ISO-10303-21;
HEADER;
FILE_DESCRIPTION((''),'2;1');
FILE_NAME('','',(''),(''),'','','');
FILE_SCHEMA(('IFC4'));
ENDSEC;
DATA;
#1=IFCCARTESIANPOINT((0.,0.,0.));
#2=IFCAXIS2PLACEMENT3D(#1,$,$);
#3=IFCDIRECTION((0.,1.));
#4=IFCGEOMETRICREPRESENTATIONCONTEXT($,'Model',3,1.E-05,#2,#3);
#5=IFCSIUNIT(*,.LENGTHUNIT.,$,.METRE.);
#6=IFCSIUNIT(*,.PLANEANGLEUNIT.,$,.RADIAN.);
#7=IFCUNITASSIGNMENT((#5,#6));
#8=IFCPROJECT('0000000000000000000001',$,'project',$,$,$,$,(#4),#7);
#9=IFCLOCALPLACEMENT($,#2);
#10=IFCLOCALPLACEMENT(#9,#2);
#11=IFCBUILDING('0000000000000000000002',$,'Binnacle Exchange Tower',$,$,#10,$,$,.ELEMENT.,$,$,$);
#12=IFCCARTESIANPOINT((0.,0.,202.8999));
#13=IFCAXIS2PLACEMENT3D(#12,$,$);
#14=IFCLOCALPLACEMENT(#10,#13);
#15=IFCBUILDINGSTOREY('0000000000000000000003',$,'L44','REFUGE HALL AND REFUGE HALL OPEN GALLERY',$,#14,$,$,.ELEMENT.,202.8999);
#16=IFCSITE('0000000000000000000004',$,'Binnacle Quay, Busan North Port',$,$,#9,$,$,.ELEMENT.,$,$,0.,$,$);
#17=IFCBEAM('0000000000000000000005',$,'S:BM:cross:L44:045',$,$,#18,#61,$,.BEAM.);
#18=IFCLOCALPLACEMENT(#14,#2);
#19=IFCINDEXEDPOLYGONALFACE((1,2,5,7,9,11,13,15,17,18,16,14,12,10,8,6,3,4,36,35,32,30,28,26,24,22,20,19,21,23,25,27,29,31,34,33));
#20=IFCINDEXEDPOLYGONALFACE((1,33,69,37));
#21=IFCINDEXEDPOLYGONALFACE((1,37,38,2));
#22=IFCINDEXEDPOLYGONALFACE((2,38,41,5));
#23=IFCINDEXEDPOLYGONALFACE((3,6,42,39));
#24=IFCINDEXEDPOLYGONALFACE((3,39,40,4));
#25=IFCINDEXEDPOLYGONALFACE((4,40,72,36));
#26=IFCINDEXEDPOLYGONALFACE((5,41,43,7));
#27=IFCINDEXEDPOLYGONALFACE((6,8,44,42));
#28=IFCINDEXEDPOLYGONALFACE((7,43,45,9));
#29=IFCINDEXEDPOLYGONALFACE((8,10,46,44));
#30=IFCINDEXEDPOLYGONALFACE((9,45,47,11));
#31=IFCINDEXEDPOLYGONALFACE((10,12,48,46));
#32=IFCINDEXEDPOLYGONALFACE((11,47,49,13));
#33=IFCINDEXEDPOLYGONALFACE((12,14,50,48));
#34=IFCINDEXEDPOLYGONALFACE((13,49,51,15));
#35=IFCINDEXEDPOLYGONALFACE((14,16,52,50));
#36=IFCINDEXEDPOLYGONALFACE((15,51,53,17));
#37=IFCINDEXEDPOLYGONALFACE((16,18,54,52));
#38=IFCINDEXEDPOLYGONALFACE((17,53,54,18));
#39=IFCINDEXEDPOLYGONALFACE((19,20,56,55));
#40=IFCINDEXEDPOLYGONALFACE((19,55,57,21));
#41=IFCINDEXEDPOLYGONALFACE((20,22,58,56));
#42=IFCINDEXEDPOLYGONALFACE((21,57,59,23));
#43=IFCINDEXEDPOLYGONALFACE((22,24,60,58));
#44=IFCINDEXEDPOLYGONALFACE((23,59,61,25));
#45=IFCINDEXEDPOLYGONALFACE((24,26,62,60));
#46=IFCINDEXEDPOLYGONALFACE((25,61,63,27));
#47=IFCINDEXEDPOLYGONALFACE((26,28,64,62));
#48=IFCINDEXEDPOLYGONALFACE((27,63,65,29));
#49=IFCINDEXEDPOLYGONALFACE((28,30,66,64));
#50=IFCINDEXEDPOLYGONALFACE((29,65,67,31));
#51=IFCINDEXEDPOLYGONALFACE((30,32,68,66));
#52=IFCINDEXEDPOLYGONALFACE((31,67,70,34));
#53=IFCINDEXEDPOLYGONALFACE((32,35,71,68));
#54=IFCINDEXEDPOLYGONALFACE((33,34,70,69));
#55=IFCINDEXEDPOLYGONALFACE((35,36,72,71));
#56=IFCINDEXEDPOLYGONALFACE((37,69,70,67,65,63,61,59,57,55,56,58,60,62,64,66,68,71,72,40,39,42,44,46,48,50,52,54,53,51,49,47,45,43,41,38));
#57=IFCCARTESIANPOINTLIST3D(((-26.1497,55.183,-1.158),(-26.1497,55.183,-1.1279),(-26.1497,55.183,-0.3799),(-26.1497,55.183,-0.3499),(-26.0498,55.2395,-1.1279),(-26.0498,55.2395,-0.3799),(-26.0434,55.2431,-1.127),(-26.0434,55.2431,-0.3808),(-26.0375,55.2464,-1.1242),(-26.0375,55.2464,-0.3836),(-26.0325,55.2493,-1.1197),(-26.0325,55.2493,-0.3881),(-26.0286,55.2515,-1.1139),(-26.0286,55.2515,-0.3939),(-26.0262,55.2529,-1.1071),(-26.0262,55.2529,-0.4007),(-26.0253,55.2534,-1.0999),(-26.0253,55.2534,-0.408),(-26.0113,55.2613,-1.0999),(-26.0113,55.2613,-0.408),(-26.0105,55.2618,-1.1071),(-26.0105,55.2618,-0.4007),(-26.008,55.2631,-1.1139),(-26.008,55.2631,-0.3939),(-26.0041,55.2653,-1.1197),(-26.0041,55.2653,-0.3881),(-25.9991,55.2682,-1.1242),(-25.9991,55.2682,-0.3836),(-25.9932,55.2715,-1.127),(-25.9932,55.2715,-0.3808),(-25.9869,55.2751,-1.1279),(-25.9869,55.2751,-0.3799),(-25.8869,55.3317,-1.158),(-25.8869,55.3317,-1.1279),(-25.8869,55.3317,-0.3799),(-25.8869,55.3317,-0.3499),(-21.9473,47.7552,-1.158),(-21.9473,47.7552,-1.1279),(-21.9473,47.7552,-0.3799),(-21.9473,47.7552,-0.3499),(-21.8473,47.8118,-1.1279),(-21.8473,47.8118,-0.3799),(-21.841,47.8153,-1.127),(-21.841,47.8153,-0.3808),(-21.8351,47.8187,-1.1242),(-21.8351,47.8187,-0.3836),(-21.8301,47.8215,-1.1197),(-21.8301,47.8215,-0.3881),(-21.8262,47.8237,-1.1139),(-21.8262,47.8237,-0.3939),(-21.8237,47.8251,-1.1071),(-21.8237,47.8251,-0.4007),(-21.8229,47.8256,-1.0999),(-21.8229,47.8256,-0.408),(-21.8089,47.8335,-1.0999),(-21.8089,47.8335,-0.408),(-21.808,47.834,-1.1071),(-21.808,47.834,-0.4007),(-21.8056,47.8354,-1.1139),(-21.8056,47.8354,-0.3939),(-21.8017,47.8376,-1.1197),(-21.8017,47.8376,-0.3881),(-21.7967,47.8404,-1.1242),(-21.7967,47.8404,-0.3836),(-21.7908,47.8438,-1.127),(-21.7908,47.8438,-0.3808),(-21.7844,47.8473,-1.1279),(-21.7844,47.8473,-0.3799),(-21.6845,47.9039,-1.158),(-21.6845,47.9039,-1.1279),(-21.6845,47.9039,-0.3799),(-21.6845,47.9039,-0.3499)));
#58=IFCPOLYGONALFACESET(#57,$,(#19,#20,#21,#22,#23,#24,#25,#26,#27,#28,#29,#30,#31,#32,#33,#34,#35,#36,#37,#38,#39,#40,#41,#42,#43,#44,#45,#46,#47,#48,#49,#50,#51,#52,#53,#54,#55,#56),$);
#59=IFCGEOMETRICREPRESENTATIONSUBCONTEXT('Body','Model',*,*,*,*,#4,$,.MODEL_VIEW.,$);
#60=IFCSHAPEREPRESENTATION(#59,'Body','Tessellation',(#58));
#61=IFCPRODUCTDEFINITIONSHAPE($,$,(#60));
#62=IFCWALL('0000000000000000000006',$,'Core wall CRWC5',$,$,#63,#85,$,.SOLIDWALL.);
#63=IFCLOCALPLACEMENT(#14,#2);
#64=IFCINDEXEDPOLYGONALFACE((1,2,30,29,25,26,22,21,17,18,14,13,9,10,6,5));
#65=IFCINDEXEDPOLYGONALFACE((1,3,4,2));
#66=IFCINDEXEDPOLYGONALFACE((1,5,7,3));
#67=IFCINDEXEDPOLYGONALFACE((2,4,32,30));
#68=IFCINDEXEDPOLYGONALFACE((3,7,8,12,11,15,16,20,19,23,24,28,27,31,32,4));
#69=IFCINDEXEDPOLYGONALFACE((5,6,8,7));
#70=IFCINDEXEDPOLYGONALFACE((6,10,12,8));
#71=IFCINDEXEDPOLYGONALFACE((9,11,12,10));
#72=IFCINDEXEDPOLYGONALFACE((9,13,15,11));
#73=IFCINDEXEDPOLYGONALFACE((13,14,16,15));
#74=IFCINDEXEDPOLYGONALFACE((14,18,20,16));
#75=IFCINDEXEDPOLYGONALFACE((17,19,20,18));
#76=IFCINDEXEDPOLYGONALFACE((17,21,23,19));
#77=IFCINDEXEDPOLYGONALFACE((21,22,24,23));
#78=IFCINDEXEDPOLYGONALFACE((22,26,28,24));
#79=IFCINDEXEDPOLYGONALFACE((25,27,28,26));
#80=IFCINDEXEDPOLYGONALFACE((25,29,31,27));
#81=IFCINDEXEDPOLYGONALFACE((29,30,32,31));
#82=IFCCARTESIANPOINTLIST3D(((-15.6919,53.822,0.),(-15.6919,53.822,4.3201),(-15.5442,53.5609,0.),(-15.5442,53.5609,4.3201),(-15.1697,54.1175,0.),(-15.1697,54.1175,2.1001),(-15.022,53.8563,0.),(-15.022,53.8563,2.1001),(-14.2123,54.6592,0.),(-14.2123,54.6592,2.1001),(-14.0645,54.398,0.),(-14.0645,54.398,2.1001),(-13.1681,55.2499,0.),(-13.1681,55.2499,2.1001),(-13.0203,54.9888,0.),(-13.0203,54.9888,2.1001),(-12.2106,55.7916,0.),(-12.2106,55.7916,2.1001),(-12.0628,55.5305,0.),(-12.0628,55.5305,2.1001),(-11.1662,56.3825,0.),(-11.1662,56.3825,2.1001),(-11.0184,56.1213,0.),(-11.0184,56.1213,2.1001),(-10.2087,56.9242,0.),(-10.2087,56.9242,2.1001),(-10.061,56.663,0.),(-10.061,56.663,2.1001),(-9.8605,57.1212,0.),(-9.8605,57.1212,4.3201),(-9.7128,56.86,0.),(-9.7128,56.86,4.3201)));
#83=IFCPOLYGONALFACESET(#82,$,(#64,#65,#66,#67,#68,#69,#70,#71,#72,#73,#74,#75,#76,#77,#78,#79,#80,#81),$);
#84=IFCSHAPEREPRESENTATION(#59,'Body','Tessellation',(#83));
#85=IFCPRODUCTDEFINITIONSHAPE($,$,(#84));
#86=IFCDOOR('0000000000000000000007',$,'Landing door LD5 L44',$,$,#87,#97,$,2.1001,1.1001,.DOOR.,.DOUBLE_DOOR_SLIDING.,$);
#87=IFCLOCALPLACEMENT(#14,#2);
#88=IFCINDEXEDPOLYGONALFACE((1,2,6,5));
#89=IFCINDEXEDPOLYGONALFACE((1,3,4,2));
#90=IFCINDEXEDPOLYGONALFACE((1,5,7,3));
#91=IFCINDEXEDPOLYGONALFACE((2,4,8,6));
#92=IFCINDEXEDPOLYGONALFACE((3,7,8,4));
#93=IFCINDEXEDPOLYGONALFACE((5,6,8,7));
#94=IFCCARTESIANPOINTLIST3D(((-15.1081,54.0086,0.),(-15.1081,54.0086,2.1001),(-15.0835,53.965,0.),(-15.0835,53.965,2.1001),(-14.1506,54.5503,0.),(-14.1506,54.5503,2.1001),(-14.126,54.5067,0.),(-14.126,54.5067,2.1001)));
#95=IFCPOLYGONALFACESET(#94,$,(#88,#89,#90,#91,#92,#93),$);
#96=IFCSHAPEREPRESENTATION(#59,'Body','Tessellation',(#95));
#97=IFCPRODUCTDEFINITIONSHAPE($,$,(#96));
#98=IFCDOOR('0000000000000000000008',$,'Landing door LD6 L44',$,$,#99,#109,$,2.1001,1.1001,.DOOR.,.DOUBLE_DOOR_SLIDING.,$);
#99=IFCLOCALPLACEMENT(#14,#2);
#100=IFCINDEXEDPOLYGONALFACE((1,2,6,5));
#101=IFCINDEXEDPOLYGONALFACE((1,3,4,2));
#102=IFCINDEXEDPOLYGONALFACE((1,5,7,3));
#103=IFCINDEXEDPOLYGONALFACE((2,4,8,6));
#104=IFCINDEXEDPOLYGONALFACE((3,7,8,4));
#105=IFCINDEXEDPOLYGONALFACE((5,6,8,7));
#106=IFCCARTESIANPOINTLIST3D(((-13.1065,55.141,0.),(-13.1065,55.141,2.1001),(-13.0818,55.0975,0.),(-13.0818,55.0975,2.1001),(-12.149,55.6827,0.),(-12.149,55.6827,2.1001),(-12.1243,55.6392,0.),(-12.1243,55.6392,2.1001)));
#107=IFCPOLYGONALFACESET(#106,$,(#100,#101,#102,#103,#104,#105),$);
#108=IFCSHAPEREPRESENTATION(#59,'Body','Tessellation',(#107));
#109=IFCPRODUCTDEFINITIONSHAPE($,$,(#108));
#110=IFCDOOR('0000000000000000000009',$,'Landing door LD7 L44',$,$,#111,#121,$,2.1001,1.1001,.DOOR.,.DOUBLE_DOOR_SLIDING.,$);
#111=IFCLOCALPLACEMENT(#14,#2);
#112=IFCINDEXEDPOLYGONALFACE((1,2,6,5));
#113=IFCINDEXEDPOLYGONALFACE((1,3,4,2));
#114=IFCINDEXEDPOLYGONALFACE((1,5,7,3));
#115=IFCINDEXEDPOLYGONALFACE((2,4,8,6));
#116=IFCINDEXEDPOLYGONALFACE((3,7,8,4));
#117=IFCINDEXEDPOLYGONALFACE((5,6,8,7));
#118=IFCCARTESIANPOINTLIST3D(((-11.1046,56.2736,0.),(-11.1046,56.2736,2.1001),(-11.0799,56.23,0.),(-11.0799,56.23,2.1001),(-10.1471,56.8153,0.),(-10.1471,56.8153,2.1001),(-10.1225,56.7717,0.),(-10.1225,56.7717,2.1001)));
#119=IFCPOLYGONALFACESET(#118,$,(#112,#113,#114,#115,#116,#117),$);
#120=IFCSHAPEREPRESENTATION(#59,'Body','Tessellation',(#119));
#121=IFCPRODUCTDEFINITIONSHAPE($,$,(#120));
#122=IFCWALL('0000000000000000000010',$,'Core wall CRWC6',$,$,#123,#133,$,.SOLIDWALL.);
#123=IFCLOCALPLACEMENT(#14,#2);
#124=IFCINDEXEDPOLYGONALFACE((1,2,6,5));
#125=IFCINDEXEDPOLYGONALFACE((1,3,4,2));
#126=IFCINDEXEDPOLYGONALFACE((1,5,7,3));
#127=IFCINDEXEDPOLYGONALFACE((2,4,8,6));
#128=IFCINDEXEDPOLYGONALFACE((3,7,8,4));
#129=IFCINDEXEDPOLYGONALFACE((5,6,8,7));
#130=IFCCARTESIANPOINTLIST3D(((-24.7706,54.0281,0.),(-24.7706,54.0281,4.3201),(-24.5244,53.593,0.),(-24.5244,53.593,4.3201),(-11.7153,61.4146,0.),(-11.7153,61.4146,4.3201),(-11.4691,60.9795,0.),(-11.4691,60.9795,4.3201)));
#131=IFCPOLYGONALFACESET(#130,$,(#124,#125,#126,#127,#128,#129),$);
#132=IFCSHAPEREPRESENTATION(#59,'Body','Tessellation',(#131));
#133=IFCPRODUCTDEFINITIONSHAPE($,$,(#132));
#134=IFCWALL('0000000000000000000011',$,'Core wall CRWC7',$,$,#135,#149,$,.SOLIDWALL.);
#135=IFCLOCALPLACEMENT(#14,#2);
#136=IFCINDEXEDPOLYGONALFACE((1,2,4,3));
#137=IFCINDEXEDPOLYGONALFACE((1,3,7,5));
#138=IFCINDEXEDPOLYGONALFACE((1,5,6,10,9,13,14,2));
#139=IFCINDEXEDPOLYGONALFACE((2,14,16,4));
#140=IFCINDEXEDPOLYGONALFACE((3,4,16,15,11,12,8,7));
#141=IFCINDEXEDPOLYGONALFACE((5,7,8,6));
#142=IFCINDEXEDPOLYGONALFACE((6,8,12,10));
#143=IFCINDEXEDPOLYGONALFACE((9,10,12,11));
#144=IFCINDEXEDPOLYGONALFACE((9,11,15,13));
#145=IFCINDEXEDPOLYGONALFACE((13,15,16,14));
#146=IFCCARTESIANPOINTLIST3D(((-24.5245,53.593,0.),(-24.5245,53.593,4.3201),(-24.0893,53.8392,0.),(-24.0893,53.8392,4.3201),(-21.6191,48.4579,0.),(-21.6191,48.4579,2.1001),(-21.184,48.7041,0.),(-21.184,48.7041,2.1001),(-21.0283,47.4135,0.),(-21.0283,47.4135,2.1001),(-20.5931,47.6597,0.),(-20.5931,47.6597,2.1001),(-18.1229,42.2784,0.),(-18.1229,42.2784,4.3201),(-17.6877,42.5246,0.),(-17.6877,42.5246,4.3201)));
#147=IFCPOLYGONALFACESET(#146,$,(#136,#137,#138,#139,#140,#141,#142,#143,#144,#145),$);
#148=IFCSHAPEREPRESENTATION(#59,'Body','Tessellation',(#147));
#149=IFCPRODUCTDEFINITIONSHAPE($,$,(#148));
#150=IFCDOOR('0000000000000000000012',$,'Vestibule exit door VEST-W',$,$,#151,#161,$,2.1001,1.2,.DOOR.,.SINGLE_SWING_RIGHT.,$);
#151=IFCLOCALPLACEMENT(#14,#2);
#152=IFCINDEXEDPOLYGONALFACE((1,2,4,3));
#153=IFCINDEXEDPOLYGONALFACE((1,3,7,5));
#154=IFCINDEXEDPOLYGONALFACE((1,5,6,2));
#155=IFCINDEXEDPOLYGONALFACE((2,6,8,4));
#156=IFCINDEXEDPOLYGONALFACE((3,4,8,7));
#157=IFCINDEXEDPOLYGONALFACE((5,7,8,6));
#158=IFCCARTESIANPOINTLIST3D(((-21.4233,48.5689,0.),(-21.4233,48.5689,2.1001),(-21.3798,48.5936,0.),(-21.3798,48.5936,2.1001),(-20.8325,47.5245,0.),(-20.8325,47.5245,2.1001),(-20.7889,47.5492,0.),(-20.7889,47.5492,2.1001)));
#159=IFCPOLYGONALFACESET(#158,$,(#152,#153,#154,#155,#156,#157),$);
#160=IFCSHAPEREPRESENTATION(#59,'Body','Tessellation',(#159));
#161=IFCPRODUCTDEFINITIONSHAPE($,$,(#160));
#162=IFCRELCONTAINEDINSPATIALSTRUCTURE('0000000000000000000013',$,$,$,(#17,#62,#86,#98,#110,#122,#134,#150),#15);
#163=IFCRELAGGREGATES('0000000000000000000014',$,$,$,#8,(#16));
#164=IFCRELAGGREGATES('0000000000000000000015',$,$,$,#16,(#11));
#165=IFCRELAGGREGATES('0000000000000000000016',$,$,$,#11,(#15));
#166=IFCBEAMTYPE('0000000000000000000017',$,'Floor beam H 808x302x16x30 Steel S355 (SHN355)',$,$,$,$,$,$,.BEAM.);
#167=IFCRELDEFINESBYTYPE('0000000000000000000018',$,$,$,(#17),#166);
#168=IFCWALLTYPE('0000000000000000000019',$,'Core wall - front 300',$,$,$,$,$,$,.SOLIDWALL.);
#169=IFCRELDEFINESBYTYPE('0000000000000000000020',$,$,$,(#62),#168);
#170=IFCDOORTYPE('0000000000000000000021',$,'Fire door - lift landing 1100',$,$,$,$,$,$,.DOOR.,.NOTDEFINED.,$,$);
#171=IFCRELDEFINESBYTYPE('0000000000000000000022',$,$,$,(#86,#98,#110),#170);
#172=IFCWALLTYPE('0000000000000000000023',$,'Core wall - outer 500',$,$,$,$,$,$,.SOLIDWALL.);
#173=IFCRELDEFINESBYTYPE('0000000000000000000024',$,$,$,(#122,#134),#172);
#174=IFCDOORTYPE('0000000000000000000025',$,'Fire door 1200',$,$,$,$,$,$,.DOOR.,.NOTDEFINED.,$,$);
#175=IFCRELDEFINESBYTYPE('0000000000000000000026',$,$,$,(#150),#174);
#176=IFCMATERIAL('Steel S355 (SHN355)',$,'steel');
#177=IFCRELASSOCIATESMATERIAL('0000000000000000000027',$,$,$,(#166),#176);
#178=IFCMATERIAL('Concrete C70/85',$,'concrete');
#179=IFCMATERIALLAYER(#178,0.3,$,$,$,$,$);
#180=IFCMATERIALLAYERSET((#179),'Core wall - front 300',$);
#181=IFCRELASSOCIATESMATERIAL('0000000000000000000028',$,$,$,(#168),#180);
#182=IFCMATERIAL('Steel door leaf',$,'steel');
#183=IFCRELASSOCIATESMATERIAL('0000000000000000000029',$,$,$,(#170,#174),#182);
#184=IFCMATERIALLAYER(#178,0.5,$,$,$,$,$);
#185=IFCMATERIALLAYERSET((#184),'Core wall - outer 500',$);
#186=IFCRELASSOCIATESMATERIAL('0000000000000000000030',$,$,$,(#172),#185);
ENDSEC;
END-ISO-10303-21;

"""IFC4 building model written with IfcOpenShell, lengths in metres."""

from ifc_helpers import new_model, si_unit, direction, frame, frame_2d, origin, origin_2d, place, context, subcontext, project, spatial, rectangle, i_section, extrude, material, layer, layer_set, material_profile, profile_set, type_object, element, fill, save


model = new_model("IFC4")

# Units and contexts
model_context = context("Model", 3, precision=1e-05, world=origin(), true_north=direction((0.0, 1.0)))
body_context = subcontext(model_context, "Body", "Model", "MODEL_VIEW")
ifc_project = project(units=[si_unit("LENGTHUNIT", "METRE"), si_unit("PLANEANGLEUNIT", "RADIAN")], contexts=[model_context])

# Site, building, storey
site_placement = place(None, origin())
site = spatial("IfcSite", under=ifc_project, at=site_placement, Name="Binnacle Quay, Busan North Port", CompositionType="ELEMENT", RefElevation=0.0)
building_placement = place(site_placement, origin())
building = spatial("IfcBuilding", under=site, at=building_placement, Name="Binnacle Exchange Tower", CompositionType="ELEMENT")
storey_placement = place(building_placement, frame((0.0, 0.0, 202.8999)))
storey = spatial("IfcBuildingStorey", under=building, at=storey_placement, Name="L44", Description="REFUGE HALL AND REFUGE HALL OPEN GALLERY", CompositionType="ELEMENT", Elevation=202.8999)

# Shared definitions
ifc_material_1 = material(Name="Concrete C70/85", Category="concrete")

# Beam
ifc_material_2 = material(Name="Steel S355 (SHN355)", Category="steel")
ifc_material_profile_1 = material_profile(ifc_material_2, i_section(OverallWidth=0.302, OverallDepth=0.8081, WebThickness=0.0161, FlangeThickness=0.03, FilletRadius=0.0281, at=origin_2d()), Name="H 808x302x16x30")
ifc_profile_set_1 = profile_set([ifc_material_profile_1], Name="Steel S355 (SHN355)")
beam_type_1 = type_object("IfcBeamType", Name="Floor beam H 808x302x16x30 Steel S355 (SHN355)", PredefinedType="BEAM", material=ifc_profile_set_1)
beam_1_placement = place(storey_placement, frame((-26.0183, 55.2573, -0.7539), z_axis=(0.492422, -0.870357, 0.0), x_axis=(0.870357, 0.492422, 0.0)))
element("IfcBeam", 1, at=beam_1_placement, inside=storey, type_object=beam_type_1, Name="S:BM:cross:L44:045", PredefinedType="BEAM", context=body_context, shape_type="SweptSolid", body=[
    extrude(i_section(OverallWidth=0.302, OverallDepth=0.8081, WebThickness=0.0161, FlangeThickness=0.03, FilletRadius=0.0281, at=origin_2d()), origin(), (0.0, 0.0, 1.0), 8.5342),
])

# Wall, openings, doors
ifc_layer_1 = layer(ifc_material_1, 0.3)
ifc_layer_set_1 = layer_set([ifc_layer_1], Name="Core wall - front 300")
wall_type_1 = type_object("IfcWallType", Name="Core wall - front 300", PredefinedType="SOLIDWALL", material=ifc_layer_set_1)
wall_1_placement = place(storey_placement, frame((-15.6182, 53.6914, 0.0), z_axis=(0.0, 0.0, 1.0), x_axis=(0.870363, 0.49241, 0.0)))
wall_1 = element("IfcWall", 2, at=wall_1_placement, inside=storey, type_object=wall_type_1, Name="Core wall CRWC5", PredefinedType="SOLIDWALL", context=body_context, shape_type="SweptSolid", body=[
    extrude(rectangle(XDim=6.7, YDim=0.3, at=frame_2d((3.3501, 0.0))), origin(), (0.0, 0.0, 1.0), 4.3201),
])
opening_1_placement = place(wall_1_placement, frame((0.6001, 0.0, 0.0)))
opening_1 = element("IfcOpeningElement", 3, at=opening_1_placement, cuts=wall_1, PredefinedType="OPENING", context=body_context, shape_type="SweptSolid", body=[
    extrude(rectangle(XDim=1.1001, YDim=2.1001, at=frame_2d((0.55, 1.05))), frame((0.0, 0.1599, 0.0), z_axis=(0.0, -1.0, 0.0), x_axis=(1.0, 0.0, 0.0)), (0.0, 0.0, 1.0), 0.3201),
])
opening_2_placement = place(wall_1_placement, frame((2.8999, 0.0, 0.0)))
opening_2 = element("IfcOpeningElement", 4, at=opening_2_placement, cuts=wall_1, PredefinedType="OPENING", context=body_context, shape_type="SweptSolid", body=[
    extrude(rectangle(XDim=1.1001, YDim=2.1001, at=frame_2d((0.55, 1.05))), frame((0.0, 0.1599, 0.0), z_axis=(0.0, -1.0, 0.0), x_axis=(1.0, 0.0, 0.0)), (0.0, 0.0, 1.0), 0.3201),
])
opening_3_placement = place(wall_1_placement, frame((5.2, 0.0, 0.0)))
opening_3 = element("IfcOpeningElement", 5, at=opening_3_placement, cuts=wall_1, PredefinedType="OPENING", context=body_context, shape_type="SweptSolid", body=[
    extrude(rectangle(XDim=1.1001, YDim=2.1001, at=frame_2d((0.55, 1.05))), frame((0.0, 0.1599, 0.0), z_axis=(0.0, -1.0, 0.0), x_axis=(1.0, 0.0, 0.0)), (0.0, 0.0, 1.0), 0.3201),
])
ifc_material_3 = material(Name="Steel door leaf", Category="steel")
door_type_1 = type_object("IfcDoorType", Name="Fire door - lift landing 1100", OperationType="NOTDEFINED", PredefinedType="DOOR", material=ifc_material_3)
door_1_placement = place(opening_1_placement, origin())
door_1 = element("IfcDoor", 6, at=door_1_placement, inside=storey, type_object=door_type_1, Name="Landing door LD5 L44", OperationType="DOUBLE_DOOR_SLIDING", OverallHeight=2.1001, OverallWidth=1.1001, PredefinedType="DOOR", context=body_context, shape_type="SweptSolid", body=[
    extrude(rectangle(XDim=1.1001, YDim=2.1001, at=frame_2d((0.55, 1.05))), frame((0.0, 0.0249, 0.0), z_axis=(0.0, -1.0, 0.0), x_axis=(1.0, 0.0, 0.0)), (0.0, 0.0, 1.0), 0.05),
])
fill(opening_1, door_1)
door_2_placement = place(opening_2_placement, origin())
door_2 = element("IfcDoor", 7, at=door_2_placement, inside=storey, type_object=door_type_1, Name="Landing door LD6 L44", OperationType="DOUBLE_DOOR_SLIDING", OverallHeight=2.1001, OverallWidth=1.1001, PredefinedType="DOOR", context=body_context, shape_type="SweptSolid", body=[
    extrude(rectangle(XDim=1.1001, YDim=2.1001, at=frame_2d((0.55, 1.05))), frame((0.0, 0.0249, 0.0), z_axis=(0.0, -1.0, 0.0), x_axis=(1.0, 0.0, 0.0)), (0.0, 0.0, 1.0), 0.05),
])
fill(opening_2, door_2)
door_3_placement = place(opening_3_placement, origin())
door_3 = element("IfcDoor", 8, at=door_3_placement, inside=storey, type_object=door_type_1, Name="Landing door LD7 L44", OperationType="DOUBLE_DOOR_SLIDING", OverallHeight=2.1001, OverallWidth=1.1001, PredefinedType="DOOR", context=body_context, shape_type="SweptSolid", body=[
    extrude(rectangle(XDim=1.1001, YDim=2.1001, at=frame_2d((0.55, 1.05))), frame((0.0, 0.0249, 0.0), z_axis=(0.0, -1.0, 0.0), x_axis=(1.0, 0.0, 0.0)), (0.0, 0.0, 1.0), 0.05),
])
fill(opening_3, door_3)

# Wall
ifc_layer_2 = layer(ifc_material_1, 0.5)
ifc_layer_set_2 = layer_set([ifc_layer_2], Name="Core wall - outer 500")
wall_type_2 = type_object("IfcWallType", Name="Core wall - outer 500", PredefinedType="SOLIDWALL", material=ifc_layer_set_2)
wall_2_placement = place(storey_placement, frame((-24.6475, 53.8105, 0.0), z_axis=(0.0, 0.0, 1.0), x_axis=(0.87035, 0.492434, 0.0)))
element("IfcWall", 9, at=wall_2_placement, inside=storey, type_object=wall_type_2, Name="Core wall CRWC6", PredefinedType="SOLIDWALL", context=body_context, shape_type="SweptSolid", body=[
    extrude(rectangle(XDim=15.0, YDim=0.5, at=frame_2d((7.5, 0.0))), origin(), (0.0, 0.0, 1.0), 4.3201),
])

# Wall, opening, door
wall_3_placement = place(storey_placement, frame((-24.3069, 53.7161, 0.0), z_axis=(0.0, 0.0, 1.0), x_axis=(0.492427, -0.870354, 0.0)))
wall_3 = element("IfcWall", 10, at=wall_3_placement, inside=storey, type_object=wall_type_2, Name="Core wall CRWC7", PredefinedType="SOLIDWALL", context=body_context, shape_type="SweptSolid", body=[
    extrude(rectangle(XDim=13.0, YDim=0.5, at=frame_2d((6.5, 0.0))), origin(), (0.0, 0.0, 1.0), 4.3201),
])
opening_4_placement = place(wall_3_placement, frame((5.8999, 0.0, 0.0)))
opening_4 = element("IfcOpeningElement", 11, at=opening_4_placement, cuts=wall_3, PredefinedType="OPENING", context=body_context, shape_type="SweptSolid", body=[
    extrude(rectangle(XDim=1.2, YDim=2.1001, at=frame_2d((0.6001, 1.05))), frame((0.0, 0.26, 0.0), z_axis=(0.0, -1.0, 0.0), x_axis=(1.0, 0.0, 0.0)), (0.0, 0.0, 1.0), 0.52),
])
door_type_2 = type_object("IfcDoorType", Name="Fire door 1200", OperationType="NOTDEFINED", PredefinedType="DOOR", material=ifc_material_3)
door_4_placement = place(opening_4_placement, frame((1.2, 0.0, 0.0), z_axis=(0.0, 0.0, 1.0), x_axis=(-1.0, 0.0, 0.0)))
door_4 = element("IfcDoor", 12, at=door_4_placement, inside=storey, type_object=door_type_2, Name="Vestibule exit door VEST-W", OperationType="SINGLE_SWING_RIGHT", OverallHeight=2.1001, OverallWidth=1.2, PredefinedType="DOOR", context=body_context, shape_type="SweptSolid", body=[
    extrude(rectangle(XDim=1.2, YDim=2.1001, at=frame_2d((0.6001, 1.05))), frame((0.0, 0.0249, 0.0), z_axis=(0.0, -1.0, 0.0), x_axis=(1.0, 0.0, 0.0)), (0.0, 0.0, 1.0), 0.05),
])
fill(opening_4, door_4)

save(model, "model.ifc")
